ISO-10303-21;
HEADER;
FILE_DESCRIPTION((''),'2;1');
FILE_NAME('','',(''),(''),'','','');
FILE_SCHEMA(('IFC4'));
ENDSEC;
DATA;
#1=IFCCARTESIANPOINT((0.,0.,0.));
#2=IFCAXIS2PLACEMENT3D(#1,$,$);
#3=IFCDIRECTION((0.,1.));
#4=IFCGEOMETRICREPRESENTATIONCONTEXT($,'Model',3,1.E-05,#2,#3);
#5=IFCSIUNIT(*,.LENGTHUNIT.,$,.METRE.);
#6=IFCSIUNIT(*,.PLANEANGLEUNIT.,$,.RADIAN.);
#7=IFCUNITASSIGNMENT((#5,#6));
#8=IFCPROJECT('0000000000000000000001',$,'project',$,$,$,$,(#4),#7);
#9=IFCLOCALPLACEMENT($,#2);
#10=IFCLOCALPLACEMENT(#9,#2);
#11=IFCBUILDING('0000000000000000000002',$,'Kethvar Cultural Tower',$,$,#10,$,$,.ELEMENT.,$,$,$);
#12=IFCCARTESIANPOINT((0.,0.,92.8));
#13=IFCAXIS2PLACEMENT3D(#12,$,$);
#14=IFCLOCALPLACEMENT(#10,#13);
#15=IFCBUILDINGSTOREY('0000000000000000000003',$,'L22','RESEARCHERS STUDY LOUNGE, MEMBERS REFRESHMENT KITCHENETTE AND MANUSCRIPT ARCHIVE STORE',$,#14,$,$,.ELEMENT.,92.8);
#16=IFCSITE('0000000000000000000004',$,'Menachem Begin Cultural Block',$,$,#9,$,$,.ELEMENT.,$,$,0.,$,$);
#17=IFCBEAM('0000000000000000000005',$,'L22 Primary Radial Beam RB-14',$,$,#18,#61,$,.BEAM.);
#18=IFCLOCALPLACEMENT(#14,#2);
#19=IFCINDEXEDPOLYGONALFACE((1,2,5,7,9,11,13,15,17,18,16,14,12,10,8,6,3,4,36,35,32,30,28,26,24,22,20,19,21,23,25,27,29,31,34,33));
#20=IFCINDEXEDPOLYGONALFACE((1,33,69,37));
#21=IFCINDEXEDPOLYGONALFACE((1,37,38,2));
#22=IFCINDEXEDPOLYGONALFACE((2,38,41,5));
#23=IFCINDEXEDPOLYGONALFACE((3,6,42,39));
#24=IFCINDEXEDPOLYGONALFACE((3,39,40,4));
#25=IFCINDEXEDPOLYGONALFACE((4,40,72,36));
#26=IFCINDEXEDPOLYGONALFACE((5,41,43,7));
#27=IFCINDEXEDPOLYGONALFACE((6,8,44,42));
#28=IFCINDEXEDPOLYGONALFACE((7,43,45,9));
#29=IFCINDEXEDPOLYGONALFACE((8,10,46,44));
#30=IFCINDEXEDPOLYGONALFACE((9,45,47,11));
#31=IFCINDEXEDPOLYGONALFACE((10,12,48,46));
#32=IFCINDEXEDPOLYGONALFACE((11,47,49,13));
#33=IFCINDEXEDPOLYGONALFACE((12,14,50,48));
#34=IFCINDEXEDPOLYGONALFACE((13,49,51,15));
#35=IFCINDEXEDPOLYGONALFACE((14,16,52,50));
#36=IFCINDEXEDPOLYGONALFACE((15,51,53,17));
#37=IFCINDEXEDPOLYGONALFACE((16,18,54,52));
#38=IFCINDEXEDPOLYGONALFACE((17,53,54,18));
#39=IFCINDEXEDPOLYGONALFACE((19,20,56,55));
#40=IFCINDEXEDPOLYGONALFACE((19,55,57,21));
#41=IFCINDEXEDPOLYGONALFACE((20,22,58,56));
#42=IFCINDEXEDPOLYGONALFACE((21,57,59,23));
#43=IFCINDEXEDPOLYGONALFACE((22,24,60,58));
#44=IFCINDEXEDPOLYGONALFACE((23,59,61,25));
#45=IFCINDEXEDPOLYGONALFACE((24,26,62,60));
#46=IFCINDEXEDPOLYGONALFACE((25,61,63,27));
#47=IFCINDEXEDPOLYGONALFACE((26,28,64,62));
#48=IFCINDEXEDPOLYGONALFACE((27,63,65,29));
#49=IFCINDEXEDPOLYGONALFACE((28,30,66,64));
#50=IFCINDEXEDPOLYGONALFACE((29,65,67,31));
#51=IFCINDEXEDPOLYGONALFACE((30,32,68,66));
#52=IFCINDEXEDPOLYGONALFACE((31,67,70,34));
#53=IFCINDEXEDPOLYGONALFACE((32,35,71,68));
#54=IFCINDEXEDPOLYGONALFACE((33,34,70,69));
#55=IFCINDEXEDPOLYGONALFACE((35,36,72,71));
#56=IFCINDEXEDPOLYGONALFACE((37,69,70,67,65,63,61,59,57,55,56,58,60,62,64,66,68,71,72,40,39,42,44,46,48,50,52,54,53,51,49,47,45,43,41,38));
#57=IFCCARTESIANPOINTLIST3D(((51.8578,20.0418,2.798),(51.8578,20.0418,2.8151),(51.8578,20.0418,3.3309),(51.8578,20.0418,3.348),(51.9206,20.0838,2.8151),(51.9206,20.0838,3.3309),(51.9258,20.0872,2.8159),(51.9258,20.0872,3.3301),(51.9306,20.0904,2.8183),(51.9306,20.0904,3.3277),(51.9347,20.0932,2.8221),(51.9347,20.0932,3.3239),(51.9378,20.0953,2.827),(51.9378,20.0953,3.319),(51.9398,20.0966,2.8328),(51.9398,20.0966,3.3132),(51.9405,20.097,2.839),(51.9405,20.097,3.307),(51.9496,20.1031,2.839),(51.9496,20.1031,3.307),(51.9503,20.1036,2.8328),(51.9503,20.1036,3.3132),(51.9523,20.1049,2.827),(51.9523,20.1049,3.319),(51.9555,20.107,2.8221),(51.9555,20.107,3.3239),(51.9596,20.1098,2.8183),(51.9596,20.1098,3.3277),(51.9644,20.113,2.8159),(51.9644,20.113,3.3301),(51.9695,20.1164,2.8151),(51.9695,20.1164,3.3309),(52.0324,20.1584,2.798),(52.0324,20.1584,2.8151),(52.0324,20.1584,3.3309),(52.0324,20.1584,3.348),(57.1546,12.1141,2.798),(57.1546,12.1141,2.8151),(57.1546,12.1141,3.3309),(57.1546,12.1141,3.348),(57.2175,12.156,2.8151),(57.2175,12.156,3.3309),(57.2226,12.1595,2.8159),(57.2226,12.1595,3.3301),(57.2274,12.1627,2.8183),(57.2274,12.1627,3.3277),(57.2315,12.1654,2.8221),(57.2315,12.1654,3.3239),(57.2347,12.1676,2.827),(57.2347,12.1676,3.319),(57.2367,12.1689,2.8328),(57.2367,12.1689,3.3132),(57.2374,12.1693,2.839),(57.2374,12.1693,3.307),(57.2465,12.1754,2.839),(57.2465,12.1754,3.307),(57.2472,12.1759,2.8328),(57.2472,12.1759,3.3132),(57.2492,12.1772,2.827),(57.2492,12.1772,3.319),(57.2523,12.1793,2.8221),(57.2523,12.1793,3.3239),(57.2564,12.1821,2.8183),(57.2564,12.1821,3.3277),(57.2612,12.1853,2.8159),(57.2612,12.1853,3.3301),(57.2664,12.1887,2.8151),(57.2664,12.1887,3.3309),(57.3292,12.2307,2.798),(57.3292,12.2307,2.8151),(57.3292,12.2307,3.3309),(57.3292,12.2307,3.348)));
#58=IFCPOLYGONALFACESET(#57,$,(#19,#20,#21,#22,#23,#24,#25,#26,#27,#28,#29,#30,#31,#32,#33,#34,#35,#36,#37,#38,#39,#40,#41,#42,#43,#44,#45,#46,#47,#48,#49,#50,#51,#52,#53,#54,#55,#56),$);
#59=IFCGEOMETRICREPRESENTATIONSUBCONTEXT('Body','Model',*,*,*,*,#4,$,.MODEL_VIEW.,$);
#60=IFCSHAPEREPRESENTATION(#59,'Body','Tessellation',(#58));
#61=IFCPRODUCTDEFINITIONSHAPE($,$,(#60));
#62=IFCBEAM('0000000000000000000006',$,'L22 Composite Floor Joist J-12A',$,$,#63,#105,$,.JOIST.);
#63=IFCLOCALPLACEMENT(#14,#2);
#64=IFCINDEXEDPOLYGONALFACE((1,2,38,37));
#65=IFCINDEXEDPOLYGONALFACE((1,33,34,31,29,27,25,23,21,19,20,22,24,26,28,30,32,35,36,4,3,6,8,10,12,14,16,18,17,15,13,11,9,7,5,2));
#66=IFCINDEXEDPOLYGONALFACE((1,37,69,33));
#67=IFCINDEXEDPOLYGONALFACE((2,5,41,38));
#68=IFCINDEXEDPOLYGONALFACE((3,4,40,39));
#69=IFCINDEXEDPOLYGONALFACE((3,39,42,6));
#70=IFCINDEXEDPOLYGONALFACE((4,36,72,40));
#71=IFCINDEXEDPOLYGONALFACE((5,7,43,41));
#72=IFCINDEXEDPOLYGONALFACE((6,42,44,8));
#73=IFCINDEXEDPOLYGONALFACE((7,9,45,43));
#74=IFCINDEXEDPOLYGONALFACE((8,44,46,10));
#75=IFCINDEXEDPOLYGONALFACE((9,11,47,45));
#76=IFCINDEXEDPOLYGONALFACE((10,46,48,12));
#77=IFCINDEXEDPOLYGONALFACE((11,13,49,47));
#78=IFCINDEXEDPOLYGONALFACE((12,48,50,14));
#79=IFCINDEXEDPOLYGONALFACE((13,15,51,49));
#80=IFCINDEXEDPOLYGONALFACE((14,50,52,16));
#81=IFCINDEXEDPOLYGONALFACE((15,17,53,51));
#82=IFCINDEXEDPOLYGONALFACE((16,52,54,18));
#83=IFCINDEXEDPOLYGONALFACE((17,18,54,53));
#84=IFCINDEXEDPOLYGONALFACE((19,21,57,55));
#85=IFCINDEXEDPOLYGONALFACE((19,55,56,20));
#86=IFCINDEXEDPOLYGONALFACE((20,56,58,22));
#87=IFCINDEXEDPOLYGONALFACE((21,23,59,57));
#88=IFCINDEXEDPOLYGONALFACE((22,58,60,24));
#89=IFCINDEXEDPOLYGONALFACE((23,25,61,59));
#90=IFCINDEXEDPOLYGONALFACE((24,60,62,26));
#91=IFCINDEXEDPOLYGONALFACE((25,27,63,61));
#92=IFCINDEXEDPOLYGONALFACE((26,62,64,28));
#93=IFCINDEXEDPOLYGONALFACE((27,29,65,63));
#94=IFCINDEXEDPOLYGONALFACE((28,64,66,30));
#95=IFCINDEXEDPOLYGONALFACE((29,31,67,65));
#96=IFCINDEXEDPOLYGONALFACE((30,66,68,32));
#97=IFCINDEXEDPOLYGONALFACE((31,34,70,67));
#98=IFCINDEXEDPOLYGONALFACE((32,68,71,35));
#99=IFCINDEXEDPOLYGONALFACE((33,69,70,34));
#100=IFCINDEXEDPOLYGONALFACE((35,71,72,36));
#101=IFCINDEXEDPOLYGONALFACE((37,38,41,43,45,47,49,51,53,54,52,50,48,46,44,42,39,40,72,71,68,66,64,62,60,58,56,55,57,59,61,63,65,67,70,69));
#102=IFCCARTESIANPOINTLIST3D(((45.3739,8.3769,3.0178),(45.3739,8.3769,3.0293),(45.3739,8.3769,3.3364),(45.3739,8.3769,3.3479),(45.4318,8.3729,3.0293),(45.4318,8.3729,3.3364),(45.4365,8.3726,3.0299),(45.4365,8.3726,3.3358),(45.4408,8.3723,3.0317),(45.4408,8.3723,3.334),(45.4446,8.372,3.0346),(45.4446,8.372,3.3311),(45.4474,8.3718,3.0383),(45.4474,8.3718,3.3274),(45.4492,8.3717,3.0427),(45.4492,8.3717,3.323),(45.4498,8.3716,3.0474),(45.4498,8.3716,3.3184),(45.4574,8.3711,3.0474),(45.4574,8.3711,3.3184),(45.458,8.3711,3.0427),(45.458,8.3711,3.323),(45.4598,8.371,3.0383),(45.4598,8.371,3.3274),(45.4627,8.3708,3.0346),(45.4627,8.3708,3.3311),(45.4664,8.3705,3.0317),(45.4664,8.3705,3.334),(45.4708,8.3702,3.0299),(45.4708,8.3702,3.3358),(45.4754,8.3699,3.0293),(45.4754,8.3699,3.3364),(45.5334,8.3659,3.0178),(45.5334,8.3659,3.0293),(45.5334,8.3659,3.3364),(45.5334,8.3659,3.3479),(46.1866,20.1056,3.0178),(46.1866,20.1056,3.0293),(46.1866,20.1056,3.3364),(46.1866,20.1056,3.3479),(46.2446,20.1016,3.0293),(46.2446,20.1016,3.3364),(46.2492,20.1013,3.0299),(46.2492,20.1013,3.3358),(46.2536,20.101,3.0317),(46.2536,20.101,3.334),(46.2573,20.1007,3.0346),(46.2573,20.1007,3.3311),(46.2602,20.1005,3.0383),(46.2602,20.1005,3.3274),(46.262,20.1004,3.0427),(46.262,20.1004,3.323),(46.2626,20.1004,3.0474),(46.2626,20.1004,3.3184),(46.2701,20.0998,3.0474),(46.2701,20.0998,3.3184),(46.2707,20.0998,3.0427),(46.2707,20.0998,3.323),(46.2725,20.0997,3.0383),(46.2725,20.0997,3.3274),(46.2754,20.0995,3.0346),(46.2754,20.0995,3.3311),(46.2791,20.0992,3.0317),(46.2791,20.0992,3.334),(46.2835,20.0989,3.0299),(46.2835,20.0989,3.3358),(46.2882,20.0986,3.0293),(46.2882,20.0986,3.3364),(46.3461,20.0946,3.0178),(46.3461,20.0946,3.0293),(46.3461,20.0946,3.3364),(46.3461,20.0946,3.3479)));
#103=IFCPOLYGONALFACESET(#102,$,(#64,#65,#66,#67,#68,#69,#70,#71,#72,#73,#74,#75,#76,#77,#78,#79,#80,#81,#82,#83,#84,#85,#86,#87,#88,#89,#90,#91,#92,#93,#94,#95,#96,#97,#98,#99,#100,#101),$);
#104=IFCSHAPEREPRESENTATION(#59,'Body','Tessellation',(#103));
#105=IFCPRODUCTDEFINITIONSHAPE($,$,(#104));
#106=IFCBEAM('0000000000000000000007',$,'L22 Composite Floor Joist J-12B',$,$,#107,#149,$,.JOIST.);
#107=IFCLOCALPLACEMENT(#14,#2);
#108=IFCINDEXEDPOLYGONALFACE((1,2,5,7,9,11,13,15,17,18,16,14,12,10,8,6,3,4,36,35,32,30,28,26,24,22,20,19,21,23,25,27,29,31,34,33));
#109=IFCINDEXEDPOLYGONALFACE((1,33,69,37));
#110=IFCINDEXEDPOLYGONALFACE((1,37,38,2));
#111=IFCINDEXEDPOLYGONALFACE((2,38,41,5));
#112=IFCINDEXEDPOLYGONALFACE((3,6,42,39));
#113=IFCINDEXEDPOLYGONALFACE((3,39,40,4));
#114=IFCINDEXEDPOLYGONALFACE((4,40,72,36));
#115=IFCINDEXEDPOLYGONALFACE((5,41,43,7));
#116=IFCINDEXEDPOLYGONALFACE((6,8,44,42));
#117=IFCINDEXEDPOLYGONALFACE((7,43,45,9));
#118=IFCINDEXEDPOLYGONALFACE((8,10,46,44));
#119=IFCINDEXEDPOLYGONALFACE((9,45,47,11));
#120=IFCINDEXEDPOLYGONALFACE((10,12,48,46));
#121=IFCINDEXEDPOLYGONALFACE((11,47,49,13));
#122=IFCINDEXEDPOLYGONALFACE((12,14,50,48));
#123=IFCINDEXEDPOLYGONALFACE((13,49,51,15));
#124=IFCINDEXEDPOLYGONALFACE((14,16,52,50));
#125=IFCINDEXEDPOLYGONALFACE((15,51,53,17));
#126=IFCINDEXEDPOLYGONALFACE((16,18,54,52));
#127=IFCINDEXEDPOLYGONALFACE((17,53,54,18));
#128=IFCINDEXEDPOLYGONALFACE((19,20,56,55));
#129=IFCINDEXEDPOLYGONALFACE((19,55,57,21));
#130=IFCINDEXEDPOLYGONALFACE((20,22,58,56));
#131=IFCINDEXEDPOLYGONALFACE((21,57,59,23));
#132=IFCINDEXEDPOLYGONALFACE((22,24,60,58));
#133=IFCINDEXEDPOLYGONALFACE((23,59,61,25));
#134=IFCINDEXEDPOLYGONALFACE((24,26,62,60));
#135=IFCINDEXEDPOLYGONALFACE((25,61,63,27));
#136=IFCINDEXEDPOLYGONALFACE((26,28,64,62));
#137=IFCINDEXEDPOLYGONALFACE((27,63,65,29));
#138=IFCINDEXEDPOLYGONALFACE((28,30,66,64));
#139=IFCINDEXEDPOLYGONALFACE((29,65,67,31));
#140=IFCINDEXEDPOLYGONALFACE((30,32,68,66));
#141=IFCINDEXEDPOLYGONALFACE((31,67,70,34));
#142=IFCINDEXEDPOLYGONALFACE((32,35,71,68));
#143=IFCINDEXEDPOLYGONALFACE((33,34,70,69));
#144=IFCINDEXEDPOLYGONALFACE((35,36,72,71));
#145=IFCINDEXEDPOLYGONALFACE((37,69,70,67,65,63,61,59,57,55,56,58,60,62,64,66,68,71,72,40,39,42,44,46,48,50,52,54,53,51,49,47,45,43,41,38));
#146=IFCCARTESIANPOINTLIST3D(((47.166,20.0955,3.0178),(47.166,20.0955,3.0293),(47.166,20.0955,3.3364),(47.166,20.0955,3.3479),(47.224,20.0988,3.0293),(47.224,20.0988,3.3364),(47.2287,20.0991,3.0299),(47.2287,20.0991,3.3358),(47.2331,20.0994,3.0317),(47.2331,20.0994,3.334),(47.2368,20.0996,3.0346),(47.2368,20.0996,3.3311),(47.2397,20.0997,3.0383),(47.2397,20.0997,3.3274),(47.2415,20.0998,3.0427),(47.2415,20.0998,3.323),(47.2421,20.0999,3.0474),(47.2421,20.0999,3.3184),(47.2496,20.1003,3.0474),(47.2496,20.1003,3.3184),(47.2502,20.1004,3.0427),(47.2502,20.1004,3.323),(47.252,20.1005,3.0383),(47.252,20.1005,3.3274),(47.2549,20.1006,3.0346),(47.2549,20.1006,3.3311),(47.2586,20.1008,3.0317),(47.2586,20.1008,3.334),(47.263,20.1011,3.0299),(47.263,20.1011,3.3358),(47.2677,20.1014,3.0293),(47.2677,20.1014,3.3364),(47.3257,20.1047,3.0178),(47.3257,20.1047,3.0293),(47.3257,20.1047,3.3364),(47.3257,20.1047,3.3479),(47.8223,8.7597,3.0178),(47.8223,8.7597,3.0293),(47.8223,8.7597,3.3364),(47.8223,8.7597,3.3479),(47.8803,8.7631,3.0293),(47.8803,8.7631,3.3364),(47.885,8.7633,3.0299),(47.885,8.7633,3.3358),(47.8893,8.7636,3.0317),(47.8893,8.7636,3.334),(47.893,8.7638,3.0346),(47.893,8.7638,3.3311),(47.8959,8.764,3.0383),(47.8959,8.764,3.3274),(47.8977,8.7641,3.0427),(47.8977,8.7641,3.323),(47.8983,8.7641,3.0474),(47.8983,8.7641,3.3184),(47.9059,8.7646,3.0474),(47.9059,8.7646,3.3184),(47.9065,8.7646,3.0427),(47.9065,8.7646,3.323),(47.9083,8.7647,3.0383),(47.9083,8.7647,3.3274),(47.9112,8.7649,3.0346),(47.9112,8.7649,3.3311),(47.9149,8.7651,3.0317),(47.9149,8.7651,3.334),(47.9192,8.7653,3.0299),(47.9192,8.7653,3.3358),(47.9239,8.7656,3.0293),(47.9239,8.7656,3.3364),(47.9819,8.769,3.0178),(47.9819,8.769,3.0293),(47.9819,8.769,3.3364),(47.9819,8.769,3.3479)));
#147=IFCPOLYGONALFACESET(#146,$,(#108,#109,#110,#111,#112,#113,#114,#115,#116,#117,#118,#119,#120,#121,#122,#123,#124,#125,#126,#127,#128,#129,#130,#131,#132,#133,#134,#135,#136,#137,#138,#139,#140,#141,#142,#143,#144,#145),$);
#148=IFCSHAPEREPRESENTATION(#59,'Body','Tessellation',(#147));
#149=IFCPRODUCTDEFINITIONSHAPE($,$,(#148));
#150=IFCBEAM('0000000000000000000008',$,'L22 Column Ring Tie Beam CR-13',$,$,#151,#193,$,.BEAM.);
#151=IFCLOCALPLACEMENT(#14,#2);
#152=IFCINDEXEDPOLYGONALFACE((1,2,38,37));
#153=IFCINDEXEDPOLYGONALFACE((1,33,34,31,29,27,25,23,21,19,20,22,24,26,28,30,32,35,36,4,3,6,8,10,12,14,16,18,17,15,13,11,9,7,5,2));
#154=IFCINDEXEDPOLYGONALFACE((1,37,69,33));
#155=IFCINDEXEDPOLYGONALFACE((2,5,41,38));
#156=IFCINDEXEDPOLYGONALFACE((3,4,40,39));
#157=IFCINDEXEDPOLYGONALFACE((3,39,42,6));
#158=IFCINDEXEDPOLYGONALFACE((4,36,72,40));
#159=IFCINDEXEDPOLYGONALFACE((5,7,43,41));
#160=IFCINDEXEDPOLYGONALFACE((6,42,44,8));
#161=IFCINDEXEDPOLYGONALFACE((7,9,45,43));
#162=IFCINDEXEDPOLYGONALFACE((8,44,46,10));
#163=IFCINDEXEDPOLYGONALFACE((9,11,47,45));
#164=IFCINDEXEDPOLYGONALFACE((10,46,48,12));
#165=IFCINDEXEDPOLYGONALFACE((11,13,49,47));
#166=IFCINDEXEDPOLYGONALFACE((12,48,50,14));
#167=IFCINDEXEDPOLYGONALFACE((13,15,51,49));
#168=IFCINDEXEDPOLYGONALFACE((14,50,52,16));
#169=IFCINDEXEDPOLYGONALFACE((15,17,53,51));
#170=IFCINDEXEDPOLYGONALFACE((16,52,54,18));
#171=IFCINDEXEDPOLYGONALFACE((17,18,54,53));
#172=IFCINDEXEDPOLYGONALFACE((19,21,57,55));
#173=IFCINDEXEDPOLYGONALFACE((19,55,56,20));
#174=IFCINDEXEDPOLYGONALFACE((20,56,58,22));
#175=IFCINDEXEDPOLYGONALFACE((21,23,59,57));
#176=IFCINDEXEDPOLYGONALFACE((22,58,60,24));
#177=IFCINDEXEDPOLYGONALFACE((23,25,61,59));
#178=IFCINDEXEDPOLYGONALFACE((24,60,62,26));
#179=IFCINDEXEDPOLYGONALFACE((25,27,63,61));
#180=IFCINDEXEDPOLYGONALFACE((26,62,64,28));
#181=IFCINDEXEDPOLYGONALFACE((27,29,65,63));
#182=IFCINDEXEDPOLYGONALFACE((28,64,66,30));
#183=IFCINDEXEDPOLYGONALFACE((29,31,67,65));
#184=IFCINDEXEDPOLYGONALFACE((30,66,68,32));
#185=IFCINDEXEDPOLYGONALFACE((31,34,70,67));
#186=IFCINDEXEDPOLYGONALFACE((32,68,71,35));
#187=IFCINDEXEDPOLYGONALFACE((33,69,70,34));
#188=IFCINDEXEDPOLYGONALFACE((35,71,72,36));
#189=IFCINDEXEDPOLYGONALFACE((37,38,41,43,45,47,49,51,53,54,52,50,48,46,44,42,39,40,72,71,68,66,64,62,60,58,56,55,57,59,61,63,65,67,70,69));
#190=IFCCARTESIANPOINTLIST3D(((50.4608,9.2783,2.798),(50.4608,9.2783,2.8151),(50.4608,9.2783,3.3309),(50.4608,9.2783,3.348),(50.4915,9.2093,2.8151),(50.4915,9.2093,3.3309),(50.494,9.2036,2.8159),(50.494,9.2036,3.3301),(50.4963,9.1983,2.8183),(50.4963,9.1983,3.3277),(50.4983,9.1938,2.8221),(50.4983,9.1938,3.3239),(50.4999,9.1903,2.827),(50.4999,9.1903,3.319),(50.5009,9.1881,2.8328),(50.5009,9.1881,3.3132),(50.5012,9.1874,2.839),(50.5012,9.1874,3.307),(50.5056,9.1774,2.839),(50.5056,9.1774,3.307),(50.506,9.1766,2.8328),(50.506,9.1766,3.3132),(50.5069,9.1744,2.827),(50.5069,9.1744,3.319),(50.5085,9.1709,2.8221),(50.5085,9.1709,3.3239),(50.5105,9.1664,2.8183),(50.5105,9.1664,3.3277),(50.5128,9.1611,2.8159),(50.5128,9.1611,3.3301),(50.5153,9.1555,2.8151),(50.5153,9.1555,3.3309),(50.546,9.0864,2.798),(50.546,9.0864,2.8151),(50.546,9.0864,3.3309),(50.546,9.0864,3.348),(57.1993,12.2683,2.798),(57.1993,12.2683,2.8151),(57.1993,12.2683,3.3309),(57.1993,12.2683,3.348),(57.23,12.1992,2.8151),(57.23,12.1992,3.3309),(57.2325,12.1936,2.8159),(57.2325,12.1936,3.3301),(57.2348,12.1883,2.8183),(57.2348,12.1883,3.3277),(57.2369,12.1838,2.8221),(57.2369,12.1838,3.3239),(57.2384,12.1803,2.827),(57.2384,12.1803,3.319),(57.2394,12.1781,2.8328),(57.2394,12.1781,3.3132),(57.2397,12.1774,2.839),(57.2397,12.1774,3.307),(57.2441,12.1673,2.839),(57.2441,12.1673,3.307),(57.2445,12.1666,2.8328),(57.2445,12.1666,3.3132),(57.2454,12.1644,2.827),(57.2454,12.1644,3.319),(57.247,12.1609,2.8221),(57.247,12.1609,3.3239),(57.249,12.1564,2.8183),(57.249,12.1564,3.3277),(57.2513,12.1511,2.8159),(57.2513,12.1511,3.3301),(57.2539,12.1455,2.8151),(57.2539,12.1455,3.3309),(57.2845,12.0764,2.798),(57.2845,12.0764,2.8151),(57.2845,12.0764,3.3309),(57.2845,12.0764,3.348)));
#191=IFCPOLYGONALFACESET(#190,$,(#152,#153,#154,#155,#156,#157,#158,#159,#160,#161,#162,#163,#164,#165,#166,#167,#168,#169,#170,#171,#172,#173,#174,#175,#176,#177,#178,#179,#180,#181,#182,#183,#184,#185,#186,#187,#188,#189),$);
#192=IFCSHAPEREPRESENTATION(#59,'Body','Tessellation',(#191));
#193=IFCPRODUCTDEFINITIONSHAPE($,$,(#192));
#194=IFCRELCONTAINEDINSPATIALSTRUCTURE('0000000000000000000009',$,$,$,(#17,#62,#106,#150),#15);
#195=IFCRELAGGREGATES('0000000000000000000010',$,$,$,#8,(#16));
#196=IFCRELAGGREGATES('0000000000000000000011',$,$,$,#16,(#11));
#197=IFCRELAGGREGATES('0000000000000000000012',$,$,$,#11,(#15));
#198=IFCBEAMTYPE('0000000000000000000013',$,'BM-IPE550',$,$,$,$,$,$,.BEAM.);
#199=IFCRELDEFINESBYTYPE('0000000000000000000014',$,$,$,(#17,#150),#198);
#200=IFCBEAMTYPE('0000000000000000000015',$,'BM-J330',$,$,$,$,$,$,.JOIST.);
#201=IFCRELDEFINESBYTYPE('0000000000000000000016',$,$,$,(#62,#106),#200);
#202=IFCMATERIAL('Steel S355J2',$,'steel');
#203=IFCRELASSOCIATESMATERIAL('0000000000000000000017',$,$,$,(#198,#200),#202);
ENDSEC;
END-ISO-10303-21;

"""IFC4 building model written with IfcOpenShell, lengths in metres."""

from ifc_helpers import new_model, si_unit, direction, frame, origin, origin_2d, place, context, subcontext, project, spatial, i_section, extrude, source, transform, mapped, material, material_profile, profile_set, type_object, element, save


model = new_model("IFC4")

# Units and contexts
model_context = context("Model", 3, precision=1e-05, world=origin(), true_north=direction((0.0, 1.0)))
body_context = subcontext(model_context, "Body", "Model", "MODEL_VIEW")
ifc_project = project(units=[si_unit("LENGTHUNIT", "METRE"), si_unit("PLANEANGLEUNIT", "RADIAN")], contexts=[model_context])

# Site, building, storey
site_placement = place(None, origin())
site = spatial("IfcSite", under=ifc_project, at=site_placement, Name="Menachem Begin Cultural Block", CompositionType="ELEMENT", RefElevation=0.0)
building_placement = place(site_placement, origin())
building = spatial("IfcBuilding", under=site, at=building_placement, Name="Kethvar Cultural Tower", CompositionType="ELEMENT")
storey_placement = place(building_placement, frame((0.0, 0.0, 92.8)))
storey = spatial("IfcBuildingStorey", under=building, at=storey_placement, Name="L22", Description="RESEARCHERS STUDY LOUNGE, MEMBERS REFRESHMENT KITCHENETTE AND MANUSCRIPT ARCHIVE STORE", CompositionType="ELEMENT", Elevation=92.8)

# Beams
ifc_material_1 = material(Name="Steel S355J2", Category="steel")
ifc_material_profile_1 = material_profile(ifc_material_1, i_section(OverallWidth=0.21, OverallDepth=0.55, WebThickness=0.011, FlangeThickness=0.0171, FilletRadius=0.0239, at=origin_2d()), Name="Steel S355J2 — IPE550")
ifc_profile_set_1 = profile_set([ifc_material_profile_1], Name="Steel S355J2 — IPE550")
beam_type_1 = type_object("IfcBeamType", Name="BM-IPE550", PredefinedType="BEAM", material=ifc_profile_set_1)
shared_shape_1 = source(origin(), body_context, "Body", "SweptSolid", [
    extrude(i_section(OverallWidth=0.21, OverallDepth=0.55, WebThickness=0.011, FlangeThickness=0.0171, FilletRadius=0.0239, at=origin_2d()), origin(), (0.0, 0.0, 1.0), 9.5344),
])
beam_1_placement = place(storey_placement, frame((51.9451, 20.1001, 3.073), z_axis=(0.555551, -0.831483, 0.0), x_axis=(0.831483, 0.555551, 0.0)))
element("IfcBeam", 1, at=beam_1_placement, inside=storey, type_object=beam_type_1, Name="L22 Primary Radial Beam RB-14", PredefinedType="BEAM", context=body_context, shape_type="MappedRepresentation", body=[
    mapped(shared_shape_1, transform((0.0, 0.0, 0.0), scale=1.0)),
])
ifc_material_profile_2 = material_profile(ifc_material_1, i_section(OverallWidth=0.1599, OverallDepth=0.3301, WebThickness=0.0076, FlangeThickness=0.0115, FilletRadius=0.0181, at=origin_2d()), Name="Steel S355J2 — IPE330")
ifc_profile_set_2 = profile_set([ifc_material_profile_2], Name="Steel S355J2 — IPE330")
beam_type_2 = type_object("IfcBeamType", Name="BM-J330", PredefinedType="JOIST", material=ifc_profile_set_2)
shared_shape_2 = source(origin(), body_context, "Body", "SweptSolid", [
    extrude(i_section(OverallWidth=0.1599, OverallDepth=0.3301, WebThickness=0.0076, FlangeThickness=0.0115, FilletRadius=0.0181, at=origin_2d()), origin(), (0.0, 0.0, 1.0), 11.7568),
])
beam_2_placement = place(storey_placement, frame((46.2664, 20.1001, 3.1829), z_axis=(-0.069129, -0.997608, 0.0), x_axis=(0.997608, -0.069129, 0.0)))
element("IfcBeam", 2, at=beam_2_placement, inside=storey, type_object=beam_type_2, Name="L22 Composite Floor Joist J-12A", PredefinedType="JOIST", context=body_context, shape_type="MappedRepresentation", body=[
    mapped(shared_shape_2, transform((0.0, 0.0, 0.0), scale=1.0)),
])
shared_shape_3 = source(origin(), body_context, "Body", "SweptSolid", [
    extrude(i_section(OverallWidth=0.1599, OverallDepth=0.3301, WebThickness=0.0076, FlangeThickness=0.0115, FilletRadius=0.0181, at=origin_2d()), origin(), (0.0, 0.0, 1.0), 11.3547),
])
beam_3_placement = place(storey_placement, frame((47.2458, 20.1001, 3.1829), z_axis=(0.057796, -0.998328, 0.0), x_axis=(0.998328, 0.057796, 0.0)))
element("IfcBeam", 3, at=beam_3_placement, inside=storey, type_object=beam_type_2, Name="L22 Composite Floor Joist J-12B", PredefinedType="JOIST", context=body_context, shape_type="MappedRepresentation", body=[
    mapped(shared_shape_3, transform((0.0, 0.0, 0.0), scale=1.0)),
])
shared_shape_4 = source(origin(), body_context, "Body", "SweptSolid", [
    extrude(i_section(OverallWidth=0.21, OverallDepth=0.55, WebThickness=0.011, FlangeThickness=0.0171, FilletRadius=0.0239, at=origin_2d()), origin(), (0.0, 0.0, 1.0), 7.3721),
])
beam_4_placement = place(storey_placement, frame((50.5034, 9.1824, 3.073), z_axis=(0.914059, 0.405582, 0.0), x_axis=(-0.405582, 0.914059, 0.0)))
element("IfcBeam", 4, at=beam_4_placement, inside=storey, type_object=beam_type_1, Name="L22 Column Ring Tie Beam CR-13", PredefinedType="BEAM", context=body_context, shape_type="MappedRepresentation", body=[
    mapped(shared_shape_4, transform((0.0, 0.0, 0.0), scale=1.0)),
])

save(model, "model.ifc")
